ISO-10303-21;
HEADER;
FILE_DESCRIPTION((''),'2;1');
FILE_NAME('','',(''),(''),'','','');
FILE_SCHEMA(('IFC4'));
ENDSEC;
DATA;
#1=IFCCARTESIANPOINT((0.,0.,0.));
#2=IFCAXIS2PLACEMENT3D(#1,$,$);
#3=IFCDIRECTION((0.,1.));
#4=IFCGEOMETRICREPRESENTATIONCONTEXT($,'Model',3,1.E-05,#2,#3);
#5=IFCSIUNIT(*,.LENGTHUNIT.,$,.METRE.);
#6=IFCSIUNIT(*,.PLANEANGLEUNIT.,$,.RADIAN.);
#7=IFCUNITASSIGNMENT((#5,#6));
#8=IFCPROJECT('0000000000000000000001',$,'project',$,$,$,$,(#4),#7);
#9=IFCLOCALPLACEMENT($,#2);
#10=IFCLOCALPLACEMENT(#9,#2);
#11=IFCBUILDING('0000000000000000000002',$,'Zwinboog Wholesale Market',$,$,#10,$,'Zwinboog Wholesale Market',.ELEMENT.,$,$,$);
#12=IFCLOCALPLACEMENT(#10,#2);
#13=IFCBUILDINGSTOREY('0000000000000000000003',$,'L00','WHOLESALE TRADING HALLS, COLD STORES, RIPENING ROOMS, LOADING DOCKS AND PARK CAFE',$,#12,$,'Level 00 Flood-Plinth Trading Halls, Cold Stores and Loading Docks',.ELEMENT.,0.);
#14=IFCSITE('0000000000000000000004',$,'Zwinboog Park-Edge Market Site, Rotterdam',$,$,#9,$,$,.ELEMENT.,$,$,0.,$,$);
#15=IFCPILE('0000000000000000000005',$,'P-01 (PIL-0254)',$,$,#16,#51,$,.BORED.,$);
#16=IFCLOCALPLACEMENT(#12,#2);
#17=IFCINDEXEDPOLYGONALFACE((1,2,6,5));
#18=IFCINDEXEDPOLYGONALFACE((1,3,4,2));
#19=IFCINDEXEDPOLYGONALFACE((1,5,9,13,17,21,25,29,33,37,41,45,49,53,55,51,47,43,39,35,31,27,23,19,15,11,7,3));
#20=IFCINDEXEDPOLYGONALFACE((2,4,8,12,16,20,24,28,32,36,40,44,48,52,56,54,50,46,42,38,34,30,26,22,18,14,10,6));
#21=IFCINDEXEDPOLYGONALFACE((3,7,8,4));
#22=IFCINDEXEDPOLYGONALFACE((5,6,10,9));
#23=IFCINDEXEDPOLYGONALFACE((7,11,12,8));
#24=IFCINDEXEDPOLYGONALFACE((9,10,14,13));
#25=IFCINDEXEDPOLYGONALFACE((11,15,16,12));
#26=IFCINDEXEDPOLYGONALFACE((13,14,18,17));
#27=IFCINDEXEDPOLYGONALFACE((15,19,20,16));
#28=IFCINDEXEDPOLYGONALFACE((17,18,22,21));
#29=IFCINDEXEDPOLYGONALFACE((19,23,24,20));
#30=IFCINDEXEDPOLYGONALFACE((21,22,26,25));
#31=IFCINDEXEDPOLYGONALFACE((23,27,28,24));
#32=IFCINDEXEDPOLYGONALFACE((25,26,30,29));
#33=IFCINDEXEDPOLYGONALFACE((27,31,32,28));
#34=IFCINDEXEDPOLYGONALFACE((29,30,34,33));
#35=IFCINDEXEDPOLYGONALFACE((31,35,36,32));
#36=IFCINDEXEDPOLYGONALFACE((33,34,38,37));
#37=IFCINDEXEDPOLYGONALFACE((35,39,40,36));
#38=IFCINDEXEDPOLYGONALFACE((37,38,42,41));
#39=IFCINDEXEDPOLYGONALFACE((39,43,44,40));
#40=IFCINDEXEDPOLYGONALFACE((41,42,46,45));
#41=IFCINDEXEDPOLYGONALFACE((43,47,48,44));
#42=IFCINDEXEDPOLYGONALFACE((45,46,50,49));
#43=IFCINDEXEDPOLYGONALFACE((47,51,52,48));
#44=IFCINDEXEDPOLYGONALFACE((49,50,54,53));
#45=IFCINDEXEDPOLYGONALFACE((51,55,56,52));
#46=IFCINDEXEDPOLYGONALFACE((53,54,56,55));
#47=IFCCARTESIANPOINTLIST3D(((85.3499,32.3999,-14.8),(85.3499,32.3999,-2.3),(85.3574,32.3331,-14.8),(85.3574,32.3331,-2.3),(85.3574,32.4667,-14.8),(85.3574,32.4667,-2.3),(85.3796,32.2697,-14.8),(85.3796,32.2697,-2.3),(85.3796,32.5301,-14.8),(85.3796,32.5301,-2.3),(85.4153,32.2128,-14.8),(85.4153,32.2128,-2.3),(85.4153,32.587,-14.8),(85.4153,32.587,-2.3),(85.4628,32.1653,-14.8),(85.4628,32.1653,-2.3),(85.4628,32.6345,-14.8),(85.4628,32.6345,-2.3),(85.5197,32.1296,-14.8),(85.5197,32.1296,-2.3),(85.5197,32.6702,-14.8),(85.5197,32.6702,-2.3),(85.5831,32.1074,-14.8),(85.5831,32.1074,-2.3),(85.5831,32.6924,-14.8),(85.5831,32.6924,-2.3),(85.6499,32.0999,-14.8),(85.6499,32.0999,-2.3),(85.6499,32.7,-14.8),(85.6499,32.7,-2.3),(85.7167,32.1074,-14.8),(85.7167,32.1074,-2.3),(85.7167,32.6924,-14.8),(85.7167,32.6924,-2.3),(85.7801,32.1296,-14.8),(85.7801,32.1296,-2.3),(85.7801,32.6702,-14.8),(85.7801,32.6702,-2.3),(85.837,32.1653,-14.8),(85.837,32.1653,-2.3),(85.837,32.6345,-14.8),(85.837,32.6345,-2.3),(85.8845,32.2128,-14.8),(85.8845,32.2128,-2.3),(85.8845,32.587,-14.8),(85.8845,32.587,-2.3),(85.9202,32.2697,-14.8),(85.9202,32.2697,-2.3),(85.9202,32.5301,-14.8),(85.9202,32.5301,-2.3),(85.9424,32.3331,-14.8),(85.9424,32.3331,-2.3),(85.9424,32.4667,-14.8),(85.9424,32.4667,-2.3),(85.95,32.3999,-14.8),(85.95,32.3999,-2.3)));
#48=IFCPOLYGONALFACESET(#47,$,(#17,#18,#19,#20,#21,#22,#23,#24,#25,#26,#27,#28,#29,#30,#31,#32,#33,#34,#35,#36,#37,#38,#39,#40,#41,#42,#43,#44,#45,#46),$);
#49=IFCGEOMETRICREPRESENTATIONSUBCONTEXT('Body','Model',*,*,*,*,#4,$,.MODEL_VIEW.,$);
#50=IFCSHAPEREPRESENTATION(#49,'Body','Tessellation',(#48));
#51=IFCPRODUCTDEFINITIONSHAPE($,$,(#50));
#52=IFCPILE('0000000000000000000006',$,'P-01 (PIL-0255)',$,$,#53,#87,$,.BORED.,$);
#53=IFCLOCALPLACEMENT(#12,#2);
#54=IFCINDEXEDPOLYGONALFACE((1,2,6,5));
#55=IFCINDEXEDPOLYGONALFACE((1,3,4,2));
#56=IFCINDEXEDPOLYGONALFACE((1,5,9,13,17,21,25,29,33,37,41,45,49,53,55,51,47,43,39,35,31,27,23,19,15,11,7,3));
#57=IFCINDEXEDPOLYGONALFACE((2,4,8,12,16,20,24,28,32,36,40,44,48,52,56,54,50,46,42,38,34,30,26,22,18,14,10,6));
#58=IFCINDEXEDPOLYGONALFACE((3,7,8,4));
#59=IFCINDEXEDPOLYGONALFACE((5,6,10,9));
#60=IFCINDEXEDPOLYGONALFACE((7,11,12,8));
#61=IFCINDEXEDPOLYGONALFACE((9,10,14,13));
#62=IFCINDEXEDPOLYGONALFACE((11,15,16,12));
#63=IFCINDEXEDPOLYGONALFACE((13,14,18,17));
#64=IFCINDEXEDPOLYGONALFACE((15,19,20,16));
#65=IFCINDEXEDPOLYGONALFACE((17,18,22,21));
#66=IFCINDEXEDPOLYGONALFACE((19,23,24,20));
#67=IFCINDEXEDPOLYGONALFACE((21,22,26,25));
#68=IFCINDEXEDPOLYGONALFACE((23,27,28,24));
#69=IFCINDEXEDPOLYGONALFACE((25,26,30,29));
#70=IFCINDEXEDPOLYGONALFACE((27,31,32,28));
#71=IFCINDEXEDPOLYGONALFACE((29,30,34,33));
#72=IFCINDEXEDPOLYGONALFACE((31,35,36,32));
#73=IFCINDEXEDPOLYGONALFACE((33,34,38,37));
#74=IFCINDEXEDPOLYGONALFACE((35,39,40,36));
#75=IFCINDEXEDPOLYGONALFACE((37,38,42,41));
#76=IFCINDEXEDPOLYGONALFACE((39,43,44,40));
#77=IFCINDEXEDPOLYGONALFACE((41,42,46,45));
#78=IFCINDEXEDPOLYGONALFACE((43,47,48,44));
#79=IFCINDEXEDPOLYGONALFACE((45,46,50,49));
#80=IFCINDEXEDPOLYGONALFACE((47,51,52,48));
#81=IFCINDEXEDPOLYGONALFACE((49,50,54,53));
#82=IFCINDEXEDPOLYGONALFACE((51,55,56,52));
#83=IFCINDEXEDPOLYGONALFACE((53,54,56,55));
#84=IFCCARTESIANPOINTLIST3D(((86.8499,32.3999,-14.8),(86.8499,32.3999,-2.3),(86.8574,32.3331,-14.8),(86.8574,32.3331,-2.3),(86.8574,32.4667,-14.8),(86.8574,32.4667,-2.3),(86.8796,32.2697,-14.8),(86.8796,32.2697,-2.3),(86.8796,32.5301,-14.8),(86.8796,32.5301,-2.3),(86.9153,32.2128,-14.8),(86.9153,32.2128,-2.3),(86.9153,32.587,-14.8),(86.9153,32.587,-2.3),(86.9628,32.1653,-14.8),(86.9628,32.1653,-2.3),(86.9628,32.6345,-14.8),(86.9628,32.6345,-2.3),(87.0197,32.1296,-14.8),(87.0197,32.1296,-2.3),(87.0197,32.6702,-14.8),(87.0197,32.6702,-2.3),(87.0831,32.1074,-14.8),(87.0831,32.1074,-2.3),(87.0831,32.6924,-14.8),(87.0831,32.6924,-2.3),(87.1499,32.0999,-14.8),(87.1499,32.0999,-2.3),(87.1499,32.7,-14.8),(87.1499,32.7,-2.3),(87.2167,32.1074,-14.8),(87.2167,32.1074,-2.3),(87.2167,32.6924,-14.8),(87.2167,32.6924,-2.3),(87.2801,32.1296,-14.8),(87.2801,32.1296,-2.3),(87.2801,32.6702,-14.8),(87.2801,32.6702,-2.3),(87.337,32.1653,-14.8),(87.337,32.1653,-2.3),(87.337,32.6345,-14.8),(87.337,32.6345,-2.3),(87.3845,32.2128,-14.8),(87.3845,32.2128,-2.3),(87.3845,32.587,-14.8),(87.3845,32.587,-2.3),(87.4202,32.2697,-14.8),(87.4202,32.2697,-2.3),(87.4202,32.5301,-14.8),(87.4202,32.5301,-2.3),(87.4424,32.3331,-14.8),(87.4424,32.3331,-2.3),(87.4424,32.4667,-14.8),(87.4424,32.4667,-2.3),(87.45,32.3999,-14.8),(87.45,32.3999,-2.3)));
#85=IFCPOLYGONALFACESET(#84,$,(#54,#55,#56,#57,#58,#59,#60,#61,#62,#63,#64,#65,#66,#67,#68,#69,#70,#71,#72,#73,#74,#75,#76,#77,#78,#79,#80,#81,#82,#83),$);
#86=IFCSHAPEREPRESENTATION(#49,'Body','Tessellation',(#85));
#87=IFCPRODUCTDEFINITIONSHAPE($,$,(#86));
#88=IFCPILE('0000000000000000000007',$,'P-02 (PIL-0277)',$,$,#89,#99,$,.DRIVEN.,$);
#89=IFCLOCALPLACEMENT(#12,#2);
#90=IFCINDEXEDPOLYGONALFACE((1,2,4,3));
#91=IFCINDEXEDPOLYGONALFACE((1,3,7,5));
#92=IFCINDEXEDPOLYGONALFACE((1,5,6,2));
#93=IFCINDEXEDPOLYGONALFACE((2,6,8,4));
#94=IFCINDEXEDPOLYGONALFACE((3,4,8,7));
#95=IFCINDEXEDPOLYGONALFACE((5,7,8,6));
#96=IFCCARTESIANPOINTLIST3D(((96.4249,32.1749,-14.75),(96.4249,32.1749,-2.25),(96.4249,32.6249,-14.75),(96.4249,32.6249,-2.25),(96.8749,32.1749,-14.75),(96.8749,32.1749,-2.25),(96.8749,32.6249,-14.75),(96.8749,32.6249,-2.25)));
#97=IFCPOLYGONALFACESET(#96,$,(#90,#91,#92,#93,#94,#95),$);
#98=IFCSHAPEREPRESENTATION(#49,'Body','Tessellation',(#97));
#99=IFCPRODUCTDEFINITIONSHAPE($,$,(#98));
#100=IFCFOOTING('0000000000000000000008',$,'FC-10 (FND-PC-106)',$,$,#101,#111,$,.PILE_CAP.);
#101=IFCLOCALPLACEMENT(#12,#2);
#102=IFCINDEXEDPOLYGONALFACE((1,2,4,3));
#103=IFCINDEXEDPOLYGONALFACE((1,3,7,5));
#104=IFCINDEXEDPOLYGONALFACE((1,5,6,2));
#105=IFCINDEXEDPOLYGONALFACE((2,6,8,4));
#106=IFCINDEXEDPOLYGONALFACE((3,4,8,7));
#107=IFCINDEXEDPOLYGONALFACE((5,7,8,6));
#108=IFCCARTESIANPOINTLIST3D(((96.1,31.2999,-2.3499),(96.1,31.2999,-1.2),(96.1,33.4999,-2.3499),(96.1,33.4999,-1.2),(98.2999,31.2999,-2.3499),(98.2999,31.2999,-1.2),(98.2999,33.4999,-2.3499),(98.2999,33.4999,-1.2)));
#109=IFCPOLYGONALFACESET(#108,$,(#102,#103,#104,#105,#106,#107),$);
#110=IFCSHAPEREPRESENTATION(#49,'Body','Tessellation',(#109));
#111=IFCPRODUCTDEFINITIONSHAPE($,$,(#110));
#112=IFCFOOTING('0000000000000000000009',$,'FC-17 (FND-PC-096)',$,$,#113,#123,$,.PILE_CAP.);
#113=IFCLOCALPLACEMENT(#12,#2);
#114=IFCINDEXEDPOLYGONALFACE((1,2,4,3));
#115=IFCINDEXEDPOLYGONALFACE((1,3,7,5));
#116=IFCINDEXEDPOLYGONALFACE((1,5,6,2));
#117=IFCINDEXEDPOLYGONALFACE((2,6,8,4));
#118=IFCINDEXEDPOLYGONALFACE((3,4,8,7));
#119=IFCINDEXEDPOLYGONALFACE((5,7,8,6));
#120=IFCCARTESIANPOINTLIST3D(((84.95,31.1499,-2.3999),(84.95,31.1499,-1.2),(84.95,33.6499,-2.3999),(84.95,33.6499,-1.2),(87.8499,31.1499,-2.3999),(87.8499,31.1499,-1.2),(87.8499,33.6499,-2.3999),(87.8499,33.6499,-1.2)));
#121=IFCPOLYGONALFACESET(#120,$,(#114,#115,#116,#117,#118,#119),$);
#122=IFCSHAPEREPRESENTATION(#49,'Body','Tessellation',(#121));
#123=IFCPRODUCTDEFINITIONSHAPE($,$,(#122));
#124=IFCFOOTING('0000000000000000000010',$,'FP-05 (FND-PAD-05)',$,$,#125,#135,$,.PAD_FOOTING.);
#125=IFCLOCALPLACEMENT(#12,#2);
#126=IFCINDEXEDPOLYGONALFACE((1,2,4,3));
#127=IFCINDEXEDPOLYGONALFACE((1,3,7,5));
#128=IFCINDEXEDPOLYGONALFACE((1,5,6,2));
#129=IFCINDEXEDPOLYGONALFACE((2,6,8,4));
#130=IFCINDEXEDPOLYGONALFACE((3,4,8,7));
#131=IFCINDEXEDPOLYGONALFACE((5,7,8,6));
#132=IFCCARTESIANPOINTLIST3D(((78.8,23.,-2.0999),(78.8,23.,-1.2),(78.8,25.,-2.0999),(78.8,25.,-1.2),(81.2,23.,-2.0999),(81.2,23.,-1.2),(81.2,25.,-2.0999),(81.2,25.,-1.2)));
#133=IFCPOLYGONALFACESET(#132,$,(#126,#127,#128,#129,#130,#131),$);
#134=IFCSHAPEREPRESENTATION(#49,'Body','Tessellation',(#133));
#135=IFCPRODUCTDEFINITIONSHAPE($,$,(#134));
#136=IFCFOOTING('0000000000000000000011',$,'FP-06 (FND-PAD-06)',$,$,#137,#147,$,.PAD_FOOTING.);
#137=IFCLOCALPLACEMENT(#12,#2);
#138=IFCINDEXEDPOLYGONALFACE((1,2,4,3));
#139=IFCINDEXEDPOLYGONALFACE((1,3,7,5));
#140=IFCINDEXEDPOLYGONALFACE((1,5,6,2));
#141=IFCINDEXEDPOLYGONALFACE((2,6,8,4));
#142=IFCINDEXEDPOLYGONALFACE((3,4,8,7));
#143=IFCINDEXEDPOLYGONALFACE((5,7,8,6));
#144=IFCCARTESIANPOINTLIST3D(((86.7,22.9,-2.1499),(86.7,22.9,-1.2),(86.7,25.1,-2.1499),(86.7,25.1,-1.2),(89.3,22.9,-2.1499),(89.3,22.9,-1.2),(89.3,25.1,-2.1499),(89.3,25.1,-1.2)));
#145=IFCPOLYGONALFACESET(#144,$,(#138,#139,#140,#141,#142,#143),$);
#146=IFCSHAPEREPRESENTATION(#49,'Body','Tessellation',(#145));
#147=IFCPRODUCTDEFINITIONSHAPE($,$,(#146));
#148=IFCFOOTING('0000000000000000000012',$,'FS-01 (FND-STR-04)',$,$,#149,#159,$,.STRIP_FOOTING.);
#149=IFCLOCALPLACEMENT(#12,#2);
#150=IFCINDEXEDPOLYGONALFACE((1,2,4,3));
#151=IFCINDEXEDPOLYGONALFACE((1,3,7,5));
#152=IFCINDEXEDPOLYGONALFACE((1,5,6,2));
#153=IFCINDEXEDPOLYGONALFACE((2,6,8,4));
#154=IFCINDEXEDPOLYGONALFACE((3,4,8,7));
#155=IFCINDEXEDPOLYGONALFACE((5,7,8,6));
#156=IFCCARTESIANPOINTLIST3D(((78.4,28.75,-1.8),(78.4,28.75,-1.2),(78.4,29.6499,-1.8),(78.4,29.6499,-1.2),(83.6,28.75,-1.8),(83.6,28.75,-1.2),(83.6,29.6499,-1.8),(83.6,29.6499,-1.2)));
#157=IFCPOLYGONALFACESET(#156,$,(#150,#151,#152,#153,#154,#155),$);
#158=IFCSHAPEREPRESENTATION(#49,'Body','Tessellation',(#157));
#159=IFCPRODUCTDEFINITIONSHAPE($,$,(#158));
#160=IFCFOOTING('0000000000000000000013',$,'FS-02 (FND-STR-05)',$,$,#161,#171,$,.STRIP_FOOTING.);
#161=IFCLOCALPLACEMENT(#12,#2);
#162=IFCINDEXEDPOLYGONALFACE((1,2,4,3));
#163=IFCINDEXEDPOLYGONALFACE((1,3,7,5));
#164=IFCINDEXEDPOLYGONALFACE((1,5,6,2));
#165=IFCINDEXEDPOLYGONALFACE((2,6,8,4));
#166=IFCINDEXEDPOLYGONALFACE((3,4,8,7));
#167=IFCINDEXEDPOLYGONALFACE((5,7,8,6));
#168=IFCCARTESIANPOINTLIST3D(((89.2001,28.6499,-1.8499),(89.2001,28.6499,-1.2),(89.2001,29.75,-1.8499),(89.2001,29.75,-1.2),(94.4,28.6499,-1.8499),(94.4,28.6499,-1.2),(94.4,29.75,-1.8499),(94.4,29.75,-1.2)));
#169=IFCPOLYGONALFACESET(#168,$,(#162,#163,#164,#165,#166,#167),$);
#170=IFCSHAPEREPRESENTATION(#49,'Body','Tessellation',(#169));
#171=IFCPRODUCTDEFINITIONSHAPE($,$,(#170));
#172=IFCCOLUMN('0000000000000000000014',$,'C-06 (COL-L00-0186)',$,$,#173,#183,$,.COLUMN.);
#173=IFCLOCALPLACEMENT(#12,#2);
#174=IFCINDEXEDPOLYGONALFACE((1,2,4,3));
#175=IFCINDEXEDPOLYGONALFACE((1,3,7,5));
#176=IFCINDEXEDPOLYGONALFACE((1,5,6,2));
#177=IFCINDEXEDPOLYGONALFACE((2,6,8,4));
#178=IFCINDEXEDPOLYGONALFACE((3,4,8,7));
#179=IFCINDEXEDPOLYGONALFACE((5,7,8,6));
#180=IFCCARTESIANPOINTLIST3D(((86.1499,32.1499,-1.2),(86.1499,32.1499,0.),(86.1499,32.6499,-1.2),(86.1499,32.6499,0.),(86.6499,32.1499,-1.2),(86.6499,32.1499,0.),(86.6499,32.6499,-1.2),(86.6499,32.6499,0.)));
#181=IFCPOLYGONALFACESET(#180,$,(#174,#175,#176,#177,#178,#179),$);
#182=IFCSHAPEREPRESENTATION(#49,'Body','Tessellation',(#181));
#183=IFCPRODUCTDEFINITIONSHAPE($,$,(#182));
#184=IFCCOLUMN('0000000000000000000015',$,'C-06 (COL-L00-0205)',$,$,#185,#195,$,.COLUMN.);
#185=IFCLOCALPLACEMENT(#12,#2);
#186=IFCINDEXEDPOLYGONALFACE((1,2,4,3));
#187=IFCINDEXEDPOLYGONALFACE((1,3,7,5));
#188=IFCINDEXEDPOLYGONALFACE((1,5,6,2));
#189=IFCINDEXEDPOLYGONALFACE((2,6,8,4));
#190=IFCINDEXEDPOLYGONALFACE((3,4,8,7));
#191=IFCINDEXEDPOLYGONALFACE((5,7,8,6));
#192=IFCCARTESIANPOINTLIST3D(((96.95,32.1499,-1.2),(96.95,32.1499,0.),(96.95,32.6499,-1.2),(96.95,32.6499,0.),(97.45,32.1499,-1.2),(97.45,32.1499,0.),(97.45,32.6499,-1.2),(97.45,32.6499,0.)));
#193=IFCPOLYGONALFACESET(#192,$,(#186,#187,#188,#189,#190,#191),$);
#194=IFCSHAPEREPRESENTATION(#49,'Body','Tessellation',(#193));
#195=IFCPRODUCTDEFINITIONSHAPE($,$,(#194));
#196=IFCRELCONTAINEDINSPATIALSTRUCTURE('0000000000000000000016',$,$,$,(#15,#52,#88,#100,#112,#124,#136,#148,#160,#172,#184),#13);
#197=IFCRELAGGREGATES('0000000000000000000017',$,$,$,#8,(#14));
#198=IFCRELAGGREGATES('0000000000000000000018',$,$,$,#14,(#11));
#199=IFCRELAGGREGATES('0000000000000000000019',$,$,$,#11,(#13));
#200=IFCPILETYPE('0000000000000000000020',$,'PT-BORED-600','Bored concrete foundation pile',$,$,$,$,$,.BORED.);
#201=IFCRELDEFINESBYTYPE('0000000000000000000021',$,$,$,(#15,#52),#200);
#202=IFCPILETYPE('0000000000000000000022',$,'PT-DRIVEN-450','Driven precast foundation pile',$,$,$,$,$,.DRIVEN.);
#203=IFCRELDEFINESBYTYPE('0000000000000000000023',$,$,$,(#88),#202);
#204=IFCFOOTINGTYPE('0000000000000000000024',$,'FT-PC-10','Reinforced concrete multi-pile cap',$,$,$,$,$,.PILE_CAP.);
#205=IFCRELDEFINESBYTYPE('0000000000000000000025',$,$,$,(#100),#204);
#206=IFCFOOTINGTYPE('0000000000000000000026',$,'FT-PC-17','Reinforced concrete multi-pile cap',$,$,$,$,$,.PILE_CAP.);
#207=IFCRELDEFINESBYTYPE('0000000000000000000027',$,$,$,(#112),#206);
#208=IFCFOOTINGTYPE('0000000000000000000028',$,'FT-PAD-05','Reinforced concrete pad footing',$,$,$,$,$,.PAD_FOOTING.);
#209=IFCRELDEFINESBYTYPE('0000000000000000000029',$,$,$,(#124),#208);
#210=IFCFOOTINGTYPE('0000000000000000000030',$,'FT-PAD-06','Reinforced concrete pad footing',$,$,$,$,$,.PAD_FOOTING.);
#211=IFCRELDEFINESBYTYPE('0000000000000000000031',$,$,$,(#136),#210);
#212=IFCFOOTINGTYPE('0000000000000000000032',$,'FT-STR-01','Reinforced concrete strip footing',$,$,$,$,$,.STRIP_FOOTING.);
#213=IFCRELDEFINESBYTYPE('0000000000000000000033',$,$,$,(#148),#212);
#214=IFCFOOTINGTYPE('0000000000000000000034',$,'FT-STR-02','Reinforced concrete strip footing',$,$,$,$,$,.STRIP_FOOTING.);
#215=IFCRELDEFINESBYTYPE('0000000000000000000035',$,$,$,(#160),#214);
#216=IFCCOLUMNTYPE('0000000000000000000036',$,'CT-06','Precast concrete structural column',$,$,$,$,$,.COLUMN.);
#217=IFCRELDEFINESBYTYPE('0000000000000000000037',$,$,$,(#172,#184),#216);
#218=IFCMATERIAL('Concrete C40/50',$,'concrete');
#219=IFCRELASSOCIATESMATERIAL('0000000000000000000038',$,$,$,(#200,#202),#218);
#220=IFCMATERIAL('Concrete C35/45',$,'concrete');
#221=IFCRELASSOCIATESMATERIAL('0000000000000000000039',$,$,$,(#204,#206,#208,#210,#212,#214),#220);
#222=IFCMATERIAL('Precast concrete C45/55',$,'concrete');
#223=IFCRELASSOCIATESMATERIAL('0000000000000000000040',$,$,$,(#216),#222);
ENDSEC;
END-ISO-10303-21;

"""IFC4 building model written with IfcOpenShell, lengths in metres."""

from ifc_helpers import new_model, si_unit, direction, frame, origin, origin_2d, place, context, subcontext, project, spatial, rectangle, circle, extrude, material, material_profile, profile_set, type_object, element, save


model = new_model("IFC4")

# Units and contexts
model_context = context("Model", 3, precision=1e-05, world=origin(), true_north=direction((0.0, 1.0)))
body_context = subcontext(model_context, "Body", "Model", "MODEL_VIEW")
ifc_project = project(units=[si_unit("LENGTHUNIT", "METRE"), si_unit("PLANEANGLEUNIT", "RADIAN")], contexts=[model_context])

# Site, building, storey
site_placement = place(None, origin())
site = spatial("IfcSite", under=ifc_project, at=site_placement, Name="Zwinboog Park-Edge Market Site, Rotterdam", CompositionType="ELEMENT", RefElevation=0.0)
building_placement = place(site_placement, origin())
building = spatial("IfcBuilding", under=site, at=building_placement, Name="Zwinboog Wholesale Market", LongName="Zwinboog Wholesale Market", CompositionType="ELEMENT")
storey_placement = place(building_placement, origin())
storey = spatial("IfcBuildingStorey", under=building, at=storey_placement, Name="L00", Description="WHOLESALE TRADING HALLS, COLD STORES, RIPENING ROOMS, LOADING DOCKS AND PARK CAFE", LongName="Level 00 Flood-Plinth Trading Halls, Cold Stores and Loading Docks", CompositionType="ELEMENT", Elevation=0.0)

# Piles
ifc_material_1 = material(Name="Concrete C40/50", Category="concrete")
ifc_material_profile_1 = material_profile(ifc_material_1, circle(Radius=0.3, at=origin_2d()), Name="PILE D600")
ifc_profile_set_1 = profile_set([ifc_material_profile_1], Name="Concrete C40/50")
pile_type_1 = type_object("IfcPileType", Name="PT-BORED-600", Description="Bored concrete foundation pile", PredefinedType="BORED", material=ifc_profile_set_1)
for number, where, z_axis, x_axis, name in (
    (1, (85.6499, 32.3999, -2.3), (0.0, 0.0, -1.0), (1.0, 0.0, 0.0), "P-01 (PIL-0254)"),
    (2, (87.1499, 32.3999, -2.3), (0.0, 0.0, -1.0), (1.0, 0.0, 0.0), "P-01 (PIL-0255)"),
):
    element("IfcPile", number, at=place(storey_placement, frame(where, z_axis=z_axis, x_axis=x_axis)), inside=storey, type_object=pile_type_1, Name=name, PredefinedType="BORED", context=body_context, shape_type="SweptSolid", body=[
        extrude(circle(Radius=0.3, at=origin_2d()), origin(), (0.0, 0.0, 1.0), 12.5),
    ])
ifc_material_profile_2 = material_profile(ifc_material_1, rectangle(XDim=0.45, YDim=0.45, at=origin_2d()), Name="PILE SQ450")
ifc_profile_set_2 = profile_set([ifc_material_profile_2], Name="Concrete C40/50")
pile_type_2 = type_object("IfcPileType", Name="PT-DRIVEN-450", Description="Driven precast foundation pile", PredefinedType="DRIVEN", material=ifc_profile_set_2)
pile_placement = place(storey_placement, frame((96.6499, 32.3999, -2.25), z_axis=(0.0, 0.0, -1.0), x_axis=(1.0, 0.0, 0.0)))
element("IfcPile", 3, at=pile_placement, inside=storey, type_object=pile_type_2, Name="P-02 (PIL-0277)", PredefinedType="DRIVEN", context=body_context, shape_type="SweptSolid", body=[
    extrude(rectangle(XDim=0.45, YDim=0.45, at=origin_2d()), origin(), (0.0, 0.0, 1.0), 12.5),
])

# Footings
ifc_material_2 = material(Name="Concrete C35/45", Category="concrete")
footing_type_1 = type_object("IfcFootingType", Name="FT-PC-10", Description="Reinforced concrete multi-pile cap", PredefinedType="PILE_CAP", material=ifc_material_2)
footing_1_placement = place(storey_placement, frame((97.2, 32.3999, -2.3499), z_axis=(0.0, 0.0, 1.0), x_axis=(1.0, 0.0, 0.0)))
element("IfcFooting", 4, at=footing_1_placement, inside=storey, type_object=footing_type_1, Name="FC-10 (FND-PC-106)", PredefinedType="PILE_CAP", context=body_context, shape_type="SweptSolid", body=[
    extrude(rectangle(XDim=2.2, YDim=2.2, at=origin_2d()), origin(), (0.0, 0.0, 1.0), 1.1499),
])
footing_type_2 = type_object("IfcFootingType", Name="FT-PC-17", Description="Reinforced concrete multi-pile cap", PredefinedType="PILE_CAP", material=ifc_material_2)
footing_2_placement = place(storey_placement, frame((86.3999, 32.3999, -2.3999), z_axis=(0.0, 0.0, 1.0), x_axis=(1.0, 0.0, 0.0)))
element("IfcFooting", 5, at=footing_2_placement, inside=storey, type_object=footing_type_2, Name="FC-17 (FND-PC-096)", PredefinedType="PILE_CAP", context=body_context, shape_type="SweptSolid", body=[
    extrude(rectangle(XDim=2.8999, YDim=2.5, at=origin_2d()), origin(), (0.0, 0.0, 1.0), 1.2),
])
footing_type_3 = type_object("IfcFootingType", Name="FT-PAD-05", Description="Reinforced concrete pad footing", PredefinedType="PAD_FOOTING", material=ifc_material_2)
footing_3_placement = place(storey_placement, frame((80.0, 24.0, -2.0999), z_axis=(0.0, 0.0, 1.0), x_axis=(1.0, 0.0, 0.0)))
element("IfcFooting", 6, at=footing_3_placement, inside=storey, type_object=footing_type_3, Name="FP-05 (FND-PAD-05)", PredefinedType="PAD_FOOTING", context=body_context, shape_type="SweptSolid", body=[
    extrude(rectangle(XDim=2.3999, YDim=2.0, at=origin_2d()), origin(), (0.0, 0.0, 1.0), 0.8999),
])
footing_type_4 = type_object("IfcFootingType", Name="FT-PAD-06", Description="Reinforced concrete pad footing", PredefinedType="PAD_FOOTING", material=ifc_material_2)
footing_4_placement = place(storey_placement, frame((88.0, 24.0, -2.1499), z_axis=(0.0, 0.0, 1.0), x_axis=(1.0, 0.0, 0.0)))
element("IfcFooting", 7, at=footing_4_placement, inside=storey, type_object=footing_type_4, Name="FP-06 (FND-PAD-06)", PredefinedType="PAD_FOOTING", context=body_context, shape_type="SweptSolid", body=[
    extrude(rectangle(XDim=2.6001, YDim=2.2, at=origin_2d()), origin(), (0.0, 0.0, 1.0), 0.95),
])
footing_type_5 = type_object("IfcFootingType", Name="FT-STR-01", Description="Reinforced concrete strip footing", PredefinedType="STRIP_FOOTING", material=ifc_material_2)
footing_5_placement = place(storey_placement, frame((81.0, 29.2, -1.8), z_axis=(0.0, 0.0, 1.0), x_axis=(1.0, 0.0, 0.0)))
element("IfcFooting", 8, at=footing_5_placement, inside=storey, type_object=footing_type_5, Name="FS-01 (FND-STR-04)", PredefinedType="STRIP_FOOTING", context=body_context, shape_type="SweptSolid", body=[
    extrude(rectangle(XDim=5.2, YDim=0.8999, at=origin_2d()), origin(), (0.0, 0.0, 1.0), 0.6001),
])
footing_type_6 = type_object("IfcFootingType", Name="FT-STR-02", Description="Reinforced concrete strip footing", PredefinedType="STRIP_FOOTING", material=ifc_material_2)
footing_6_placement = place(storey_placement, frame((91.8, 29.2, -1.8499), z_axis=(0.0, 0.0, 1.0), x_axis=(1.0, 0.0, 0.0)))
element("IfcFooting", 9, at=footing_6_placement, inside=storey, type_object=footing_type_6, Name="FS-02 (FND-STR-05)", PredefinedType="STRIP_FOOTING", context=body_context, shape_type="SweptSolid", body=[
    extrude(rectangle(XDim=5.2, YDim=1.1001, at=origin_2d()), origin(), (0.0, 0.0, 1.0), 0.6499),
])

# Columns
ifc_material_3 = material(Name="Precast concrete C45/55", Category="concrete")
ifc_material_profile_3 = material_profile(ifc_material_3, rectangle(XDim=0.5, YDim=0.5, at=origin_2d()), Name="PC 500x500")
ifc_profile_set_3 = profile_set([ifc_material_profile_3], Name="Precast concrete C45/55")
column_type = type_object("IfcColumnType", Name="CT-06", Description="Precast concrete structural column", PredefinedType="COLUMN", material=ifc_profile_set_3)
for number, where, z_axis, x_axis, name in (
    (10, (86.3999, 32.3999, -1.2), (0.0, 0.0, 1.0), (1.0, 0.0, 0.0), "C-06 (COL-L00-0186)"),
    (11, (97.2, 32.3999, -1.2), (0.0, 0.0, 1.0), (1.0, 0.0, 0.0), "C-06 (COL-L00-0205)"),
):
    element("IfcColumn", number, at=place(storey_placement, frame(where, z_axis=z_axis, x_axis=x_axis)), inside=storey, type_object=column_type, Name=name, PredefinedType="COLUMN", context=body_context, shape_type="SweptSolid", body=[
        extrude(rectangle(XDim=0.5, YDim=0.5, at=origin_2d()), origin(), (0.0, 0.0, 1.0), 1.2),
    ])

save(model, "model.ifc")
